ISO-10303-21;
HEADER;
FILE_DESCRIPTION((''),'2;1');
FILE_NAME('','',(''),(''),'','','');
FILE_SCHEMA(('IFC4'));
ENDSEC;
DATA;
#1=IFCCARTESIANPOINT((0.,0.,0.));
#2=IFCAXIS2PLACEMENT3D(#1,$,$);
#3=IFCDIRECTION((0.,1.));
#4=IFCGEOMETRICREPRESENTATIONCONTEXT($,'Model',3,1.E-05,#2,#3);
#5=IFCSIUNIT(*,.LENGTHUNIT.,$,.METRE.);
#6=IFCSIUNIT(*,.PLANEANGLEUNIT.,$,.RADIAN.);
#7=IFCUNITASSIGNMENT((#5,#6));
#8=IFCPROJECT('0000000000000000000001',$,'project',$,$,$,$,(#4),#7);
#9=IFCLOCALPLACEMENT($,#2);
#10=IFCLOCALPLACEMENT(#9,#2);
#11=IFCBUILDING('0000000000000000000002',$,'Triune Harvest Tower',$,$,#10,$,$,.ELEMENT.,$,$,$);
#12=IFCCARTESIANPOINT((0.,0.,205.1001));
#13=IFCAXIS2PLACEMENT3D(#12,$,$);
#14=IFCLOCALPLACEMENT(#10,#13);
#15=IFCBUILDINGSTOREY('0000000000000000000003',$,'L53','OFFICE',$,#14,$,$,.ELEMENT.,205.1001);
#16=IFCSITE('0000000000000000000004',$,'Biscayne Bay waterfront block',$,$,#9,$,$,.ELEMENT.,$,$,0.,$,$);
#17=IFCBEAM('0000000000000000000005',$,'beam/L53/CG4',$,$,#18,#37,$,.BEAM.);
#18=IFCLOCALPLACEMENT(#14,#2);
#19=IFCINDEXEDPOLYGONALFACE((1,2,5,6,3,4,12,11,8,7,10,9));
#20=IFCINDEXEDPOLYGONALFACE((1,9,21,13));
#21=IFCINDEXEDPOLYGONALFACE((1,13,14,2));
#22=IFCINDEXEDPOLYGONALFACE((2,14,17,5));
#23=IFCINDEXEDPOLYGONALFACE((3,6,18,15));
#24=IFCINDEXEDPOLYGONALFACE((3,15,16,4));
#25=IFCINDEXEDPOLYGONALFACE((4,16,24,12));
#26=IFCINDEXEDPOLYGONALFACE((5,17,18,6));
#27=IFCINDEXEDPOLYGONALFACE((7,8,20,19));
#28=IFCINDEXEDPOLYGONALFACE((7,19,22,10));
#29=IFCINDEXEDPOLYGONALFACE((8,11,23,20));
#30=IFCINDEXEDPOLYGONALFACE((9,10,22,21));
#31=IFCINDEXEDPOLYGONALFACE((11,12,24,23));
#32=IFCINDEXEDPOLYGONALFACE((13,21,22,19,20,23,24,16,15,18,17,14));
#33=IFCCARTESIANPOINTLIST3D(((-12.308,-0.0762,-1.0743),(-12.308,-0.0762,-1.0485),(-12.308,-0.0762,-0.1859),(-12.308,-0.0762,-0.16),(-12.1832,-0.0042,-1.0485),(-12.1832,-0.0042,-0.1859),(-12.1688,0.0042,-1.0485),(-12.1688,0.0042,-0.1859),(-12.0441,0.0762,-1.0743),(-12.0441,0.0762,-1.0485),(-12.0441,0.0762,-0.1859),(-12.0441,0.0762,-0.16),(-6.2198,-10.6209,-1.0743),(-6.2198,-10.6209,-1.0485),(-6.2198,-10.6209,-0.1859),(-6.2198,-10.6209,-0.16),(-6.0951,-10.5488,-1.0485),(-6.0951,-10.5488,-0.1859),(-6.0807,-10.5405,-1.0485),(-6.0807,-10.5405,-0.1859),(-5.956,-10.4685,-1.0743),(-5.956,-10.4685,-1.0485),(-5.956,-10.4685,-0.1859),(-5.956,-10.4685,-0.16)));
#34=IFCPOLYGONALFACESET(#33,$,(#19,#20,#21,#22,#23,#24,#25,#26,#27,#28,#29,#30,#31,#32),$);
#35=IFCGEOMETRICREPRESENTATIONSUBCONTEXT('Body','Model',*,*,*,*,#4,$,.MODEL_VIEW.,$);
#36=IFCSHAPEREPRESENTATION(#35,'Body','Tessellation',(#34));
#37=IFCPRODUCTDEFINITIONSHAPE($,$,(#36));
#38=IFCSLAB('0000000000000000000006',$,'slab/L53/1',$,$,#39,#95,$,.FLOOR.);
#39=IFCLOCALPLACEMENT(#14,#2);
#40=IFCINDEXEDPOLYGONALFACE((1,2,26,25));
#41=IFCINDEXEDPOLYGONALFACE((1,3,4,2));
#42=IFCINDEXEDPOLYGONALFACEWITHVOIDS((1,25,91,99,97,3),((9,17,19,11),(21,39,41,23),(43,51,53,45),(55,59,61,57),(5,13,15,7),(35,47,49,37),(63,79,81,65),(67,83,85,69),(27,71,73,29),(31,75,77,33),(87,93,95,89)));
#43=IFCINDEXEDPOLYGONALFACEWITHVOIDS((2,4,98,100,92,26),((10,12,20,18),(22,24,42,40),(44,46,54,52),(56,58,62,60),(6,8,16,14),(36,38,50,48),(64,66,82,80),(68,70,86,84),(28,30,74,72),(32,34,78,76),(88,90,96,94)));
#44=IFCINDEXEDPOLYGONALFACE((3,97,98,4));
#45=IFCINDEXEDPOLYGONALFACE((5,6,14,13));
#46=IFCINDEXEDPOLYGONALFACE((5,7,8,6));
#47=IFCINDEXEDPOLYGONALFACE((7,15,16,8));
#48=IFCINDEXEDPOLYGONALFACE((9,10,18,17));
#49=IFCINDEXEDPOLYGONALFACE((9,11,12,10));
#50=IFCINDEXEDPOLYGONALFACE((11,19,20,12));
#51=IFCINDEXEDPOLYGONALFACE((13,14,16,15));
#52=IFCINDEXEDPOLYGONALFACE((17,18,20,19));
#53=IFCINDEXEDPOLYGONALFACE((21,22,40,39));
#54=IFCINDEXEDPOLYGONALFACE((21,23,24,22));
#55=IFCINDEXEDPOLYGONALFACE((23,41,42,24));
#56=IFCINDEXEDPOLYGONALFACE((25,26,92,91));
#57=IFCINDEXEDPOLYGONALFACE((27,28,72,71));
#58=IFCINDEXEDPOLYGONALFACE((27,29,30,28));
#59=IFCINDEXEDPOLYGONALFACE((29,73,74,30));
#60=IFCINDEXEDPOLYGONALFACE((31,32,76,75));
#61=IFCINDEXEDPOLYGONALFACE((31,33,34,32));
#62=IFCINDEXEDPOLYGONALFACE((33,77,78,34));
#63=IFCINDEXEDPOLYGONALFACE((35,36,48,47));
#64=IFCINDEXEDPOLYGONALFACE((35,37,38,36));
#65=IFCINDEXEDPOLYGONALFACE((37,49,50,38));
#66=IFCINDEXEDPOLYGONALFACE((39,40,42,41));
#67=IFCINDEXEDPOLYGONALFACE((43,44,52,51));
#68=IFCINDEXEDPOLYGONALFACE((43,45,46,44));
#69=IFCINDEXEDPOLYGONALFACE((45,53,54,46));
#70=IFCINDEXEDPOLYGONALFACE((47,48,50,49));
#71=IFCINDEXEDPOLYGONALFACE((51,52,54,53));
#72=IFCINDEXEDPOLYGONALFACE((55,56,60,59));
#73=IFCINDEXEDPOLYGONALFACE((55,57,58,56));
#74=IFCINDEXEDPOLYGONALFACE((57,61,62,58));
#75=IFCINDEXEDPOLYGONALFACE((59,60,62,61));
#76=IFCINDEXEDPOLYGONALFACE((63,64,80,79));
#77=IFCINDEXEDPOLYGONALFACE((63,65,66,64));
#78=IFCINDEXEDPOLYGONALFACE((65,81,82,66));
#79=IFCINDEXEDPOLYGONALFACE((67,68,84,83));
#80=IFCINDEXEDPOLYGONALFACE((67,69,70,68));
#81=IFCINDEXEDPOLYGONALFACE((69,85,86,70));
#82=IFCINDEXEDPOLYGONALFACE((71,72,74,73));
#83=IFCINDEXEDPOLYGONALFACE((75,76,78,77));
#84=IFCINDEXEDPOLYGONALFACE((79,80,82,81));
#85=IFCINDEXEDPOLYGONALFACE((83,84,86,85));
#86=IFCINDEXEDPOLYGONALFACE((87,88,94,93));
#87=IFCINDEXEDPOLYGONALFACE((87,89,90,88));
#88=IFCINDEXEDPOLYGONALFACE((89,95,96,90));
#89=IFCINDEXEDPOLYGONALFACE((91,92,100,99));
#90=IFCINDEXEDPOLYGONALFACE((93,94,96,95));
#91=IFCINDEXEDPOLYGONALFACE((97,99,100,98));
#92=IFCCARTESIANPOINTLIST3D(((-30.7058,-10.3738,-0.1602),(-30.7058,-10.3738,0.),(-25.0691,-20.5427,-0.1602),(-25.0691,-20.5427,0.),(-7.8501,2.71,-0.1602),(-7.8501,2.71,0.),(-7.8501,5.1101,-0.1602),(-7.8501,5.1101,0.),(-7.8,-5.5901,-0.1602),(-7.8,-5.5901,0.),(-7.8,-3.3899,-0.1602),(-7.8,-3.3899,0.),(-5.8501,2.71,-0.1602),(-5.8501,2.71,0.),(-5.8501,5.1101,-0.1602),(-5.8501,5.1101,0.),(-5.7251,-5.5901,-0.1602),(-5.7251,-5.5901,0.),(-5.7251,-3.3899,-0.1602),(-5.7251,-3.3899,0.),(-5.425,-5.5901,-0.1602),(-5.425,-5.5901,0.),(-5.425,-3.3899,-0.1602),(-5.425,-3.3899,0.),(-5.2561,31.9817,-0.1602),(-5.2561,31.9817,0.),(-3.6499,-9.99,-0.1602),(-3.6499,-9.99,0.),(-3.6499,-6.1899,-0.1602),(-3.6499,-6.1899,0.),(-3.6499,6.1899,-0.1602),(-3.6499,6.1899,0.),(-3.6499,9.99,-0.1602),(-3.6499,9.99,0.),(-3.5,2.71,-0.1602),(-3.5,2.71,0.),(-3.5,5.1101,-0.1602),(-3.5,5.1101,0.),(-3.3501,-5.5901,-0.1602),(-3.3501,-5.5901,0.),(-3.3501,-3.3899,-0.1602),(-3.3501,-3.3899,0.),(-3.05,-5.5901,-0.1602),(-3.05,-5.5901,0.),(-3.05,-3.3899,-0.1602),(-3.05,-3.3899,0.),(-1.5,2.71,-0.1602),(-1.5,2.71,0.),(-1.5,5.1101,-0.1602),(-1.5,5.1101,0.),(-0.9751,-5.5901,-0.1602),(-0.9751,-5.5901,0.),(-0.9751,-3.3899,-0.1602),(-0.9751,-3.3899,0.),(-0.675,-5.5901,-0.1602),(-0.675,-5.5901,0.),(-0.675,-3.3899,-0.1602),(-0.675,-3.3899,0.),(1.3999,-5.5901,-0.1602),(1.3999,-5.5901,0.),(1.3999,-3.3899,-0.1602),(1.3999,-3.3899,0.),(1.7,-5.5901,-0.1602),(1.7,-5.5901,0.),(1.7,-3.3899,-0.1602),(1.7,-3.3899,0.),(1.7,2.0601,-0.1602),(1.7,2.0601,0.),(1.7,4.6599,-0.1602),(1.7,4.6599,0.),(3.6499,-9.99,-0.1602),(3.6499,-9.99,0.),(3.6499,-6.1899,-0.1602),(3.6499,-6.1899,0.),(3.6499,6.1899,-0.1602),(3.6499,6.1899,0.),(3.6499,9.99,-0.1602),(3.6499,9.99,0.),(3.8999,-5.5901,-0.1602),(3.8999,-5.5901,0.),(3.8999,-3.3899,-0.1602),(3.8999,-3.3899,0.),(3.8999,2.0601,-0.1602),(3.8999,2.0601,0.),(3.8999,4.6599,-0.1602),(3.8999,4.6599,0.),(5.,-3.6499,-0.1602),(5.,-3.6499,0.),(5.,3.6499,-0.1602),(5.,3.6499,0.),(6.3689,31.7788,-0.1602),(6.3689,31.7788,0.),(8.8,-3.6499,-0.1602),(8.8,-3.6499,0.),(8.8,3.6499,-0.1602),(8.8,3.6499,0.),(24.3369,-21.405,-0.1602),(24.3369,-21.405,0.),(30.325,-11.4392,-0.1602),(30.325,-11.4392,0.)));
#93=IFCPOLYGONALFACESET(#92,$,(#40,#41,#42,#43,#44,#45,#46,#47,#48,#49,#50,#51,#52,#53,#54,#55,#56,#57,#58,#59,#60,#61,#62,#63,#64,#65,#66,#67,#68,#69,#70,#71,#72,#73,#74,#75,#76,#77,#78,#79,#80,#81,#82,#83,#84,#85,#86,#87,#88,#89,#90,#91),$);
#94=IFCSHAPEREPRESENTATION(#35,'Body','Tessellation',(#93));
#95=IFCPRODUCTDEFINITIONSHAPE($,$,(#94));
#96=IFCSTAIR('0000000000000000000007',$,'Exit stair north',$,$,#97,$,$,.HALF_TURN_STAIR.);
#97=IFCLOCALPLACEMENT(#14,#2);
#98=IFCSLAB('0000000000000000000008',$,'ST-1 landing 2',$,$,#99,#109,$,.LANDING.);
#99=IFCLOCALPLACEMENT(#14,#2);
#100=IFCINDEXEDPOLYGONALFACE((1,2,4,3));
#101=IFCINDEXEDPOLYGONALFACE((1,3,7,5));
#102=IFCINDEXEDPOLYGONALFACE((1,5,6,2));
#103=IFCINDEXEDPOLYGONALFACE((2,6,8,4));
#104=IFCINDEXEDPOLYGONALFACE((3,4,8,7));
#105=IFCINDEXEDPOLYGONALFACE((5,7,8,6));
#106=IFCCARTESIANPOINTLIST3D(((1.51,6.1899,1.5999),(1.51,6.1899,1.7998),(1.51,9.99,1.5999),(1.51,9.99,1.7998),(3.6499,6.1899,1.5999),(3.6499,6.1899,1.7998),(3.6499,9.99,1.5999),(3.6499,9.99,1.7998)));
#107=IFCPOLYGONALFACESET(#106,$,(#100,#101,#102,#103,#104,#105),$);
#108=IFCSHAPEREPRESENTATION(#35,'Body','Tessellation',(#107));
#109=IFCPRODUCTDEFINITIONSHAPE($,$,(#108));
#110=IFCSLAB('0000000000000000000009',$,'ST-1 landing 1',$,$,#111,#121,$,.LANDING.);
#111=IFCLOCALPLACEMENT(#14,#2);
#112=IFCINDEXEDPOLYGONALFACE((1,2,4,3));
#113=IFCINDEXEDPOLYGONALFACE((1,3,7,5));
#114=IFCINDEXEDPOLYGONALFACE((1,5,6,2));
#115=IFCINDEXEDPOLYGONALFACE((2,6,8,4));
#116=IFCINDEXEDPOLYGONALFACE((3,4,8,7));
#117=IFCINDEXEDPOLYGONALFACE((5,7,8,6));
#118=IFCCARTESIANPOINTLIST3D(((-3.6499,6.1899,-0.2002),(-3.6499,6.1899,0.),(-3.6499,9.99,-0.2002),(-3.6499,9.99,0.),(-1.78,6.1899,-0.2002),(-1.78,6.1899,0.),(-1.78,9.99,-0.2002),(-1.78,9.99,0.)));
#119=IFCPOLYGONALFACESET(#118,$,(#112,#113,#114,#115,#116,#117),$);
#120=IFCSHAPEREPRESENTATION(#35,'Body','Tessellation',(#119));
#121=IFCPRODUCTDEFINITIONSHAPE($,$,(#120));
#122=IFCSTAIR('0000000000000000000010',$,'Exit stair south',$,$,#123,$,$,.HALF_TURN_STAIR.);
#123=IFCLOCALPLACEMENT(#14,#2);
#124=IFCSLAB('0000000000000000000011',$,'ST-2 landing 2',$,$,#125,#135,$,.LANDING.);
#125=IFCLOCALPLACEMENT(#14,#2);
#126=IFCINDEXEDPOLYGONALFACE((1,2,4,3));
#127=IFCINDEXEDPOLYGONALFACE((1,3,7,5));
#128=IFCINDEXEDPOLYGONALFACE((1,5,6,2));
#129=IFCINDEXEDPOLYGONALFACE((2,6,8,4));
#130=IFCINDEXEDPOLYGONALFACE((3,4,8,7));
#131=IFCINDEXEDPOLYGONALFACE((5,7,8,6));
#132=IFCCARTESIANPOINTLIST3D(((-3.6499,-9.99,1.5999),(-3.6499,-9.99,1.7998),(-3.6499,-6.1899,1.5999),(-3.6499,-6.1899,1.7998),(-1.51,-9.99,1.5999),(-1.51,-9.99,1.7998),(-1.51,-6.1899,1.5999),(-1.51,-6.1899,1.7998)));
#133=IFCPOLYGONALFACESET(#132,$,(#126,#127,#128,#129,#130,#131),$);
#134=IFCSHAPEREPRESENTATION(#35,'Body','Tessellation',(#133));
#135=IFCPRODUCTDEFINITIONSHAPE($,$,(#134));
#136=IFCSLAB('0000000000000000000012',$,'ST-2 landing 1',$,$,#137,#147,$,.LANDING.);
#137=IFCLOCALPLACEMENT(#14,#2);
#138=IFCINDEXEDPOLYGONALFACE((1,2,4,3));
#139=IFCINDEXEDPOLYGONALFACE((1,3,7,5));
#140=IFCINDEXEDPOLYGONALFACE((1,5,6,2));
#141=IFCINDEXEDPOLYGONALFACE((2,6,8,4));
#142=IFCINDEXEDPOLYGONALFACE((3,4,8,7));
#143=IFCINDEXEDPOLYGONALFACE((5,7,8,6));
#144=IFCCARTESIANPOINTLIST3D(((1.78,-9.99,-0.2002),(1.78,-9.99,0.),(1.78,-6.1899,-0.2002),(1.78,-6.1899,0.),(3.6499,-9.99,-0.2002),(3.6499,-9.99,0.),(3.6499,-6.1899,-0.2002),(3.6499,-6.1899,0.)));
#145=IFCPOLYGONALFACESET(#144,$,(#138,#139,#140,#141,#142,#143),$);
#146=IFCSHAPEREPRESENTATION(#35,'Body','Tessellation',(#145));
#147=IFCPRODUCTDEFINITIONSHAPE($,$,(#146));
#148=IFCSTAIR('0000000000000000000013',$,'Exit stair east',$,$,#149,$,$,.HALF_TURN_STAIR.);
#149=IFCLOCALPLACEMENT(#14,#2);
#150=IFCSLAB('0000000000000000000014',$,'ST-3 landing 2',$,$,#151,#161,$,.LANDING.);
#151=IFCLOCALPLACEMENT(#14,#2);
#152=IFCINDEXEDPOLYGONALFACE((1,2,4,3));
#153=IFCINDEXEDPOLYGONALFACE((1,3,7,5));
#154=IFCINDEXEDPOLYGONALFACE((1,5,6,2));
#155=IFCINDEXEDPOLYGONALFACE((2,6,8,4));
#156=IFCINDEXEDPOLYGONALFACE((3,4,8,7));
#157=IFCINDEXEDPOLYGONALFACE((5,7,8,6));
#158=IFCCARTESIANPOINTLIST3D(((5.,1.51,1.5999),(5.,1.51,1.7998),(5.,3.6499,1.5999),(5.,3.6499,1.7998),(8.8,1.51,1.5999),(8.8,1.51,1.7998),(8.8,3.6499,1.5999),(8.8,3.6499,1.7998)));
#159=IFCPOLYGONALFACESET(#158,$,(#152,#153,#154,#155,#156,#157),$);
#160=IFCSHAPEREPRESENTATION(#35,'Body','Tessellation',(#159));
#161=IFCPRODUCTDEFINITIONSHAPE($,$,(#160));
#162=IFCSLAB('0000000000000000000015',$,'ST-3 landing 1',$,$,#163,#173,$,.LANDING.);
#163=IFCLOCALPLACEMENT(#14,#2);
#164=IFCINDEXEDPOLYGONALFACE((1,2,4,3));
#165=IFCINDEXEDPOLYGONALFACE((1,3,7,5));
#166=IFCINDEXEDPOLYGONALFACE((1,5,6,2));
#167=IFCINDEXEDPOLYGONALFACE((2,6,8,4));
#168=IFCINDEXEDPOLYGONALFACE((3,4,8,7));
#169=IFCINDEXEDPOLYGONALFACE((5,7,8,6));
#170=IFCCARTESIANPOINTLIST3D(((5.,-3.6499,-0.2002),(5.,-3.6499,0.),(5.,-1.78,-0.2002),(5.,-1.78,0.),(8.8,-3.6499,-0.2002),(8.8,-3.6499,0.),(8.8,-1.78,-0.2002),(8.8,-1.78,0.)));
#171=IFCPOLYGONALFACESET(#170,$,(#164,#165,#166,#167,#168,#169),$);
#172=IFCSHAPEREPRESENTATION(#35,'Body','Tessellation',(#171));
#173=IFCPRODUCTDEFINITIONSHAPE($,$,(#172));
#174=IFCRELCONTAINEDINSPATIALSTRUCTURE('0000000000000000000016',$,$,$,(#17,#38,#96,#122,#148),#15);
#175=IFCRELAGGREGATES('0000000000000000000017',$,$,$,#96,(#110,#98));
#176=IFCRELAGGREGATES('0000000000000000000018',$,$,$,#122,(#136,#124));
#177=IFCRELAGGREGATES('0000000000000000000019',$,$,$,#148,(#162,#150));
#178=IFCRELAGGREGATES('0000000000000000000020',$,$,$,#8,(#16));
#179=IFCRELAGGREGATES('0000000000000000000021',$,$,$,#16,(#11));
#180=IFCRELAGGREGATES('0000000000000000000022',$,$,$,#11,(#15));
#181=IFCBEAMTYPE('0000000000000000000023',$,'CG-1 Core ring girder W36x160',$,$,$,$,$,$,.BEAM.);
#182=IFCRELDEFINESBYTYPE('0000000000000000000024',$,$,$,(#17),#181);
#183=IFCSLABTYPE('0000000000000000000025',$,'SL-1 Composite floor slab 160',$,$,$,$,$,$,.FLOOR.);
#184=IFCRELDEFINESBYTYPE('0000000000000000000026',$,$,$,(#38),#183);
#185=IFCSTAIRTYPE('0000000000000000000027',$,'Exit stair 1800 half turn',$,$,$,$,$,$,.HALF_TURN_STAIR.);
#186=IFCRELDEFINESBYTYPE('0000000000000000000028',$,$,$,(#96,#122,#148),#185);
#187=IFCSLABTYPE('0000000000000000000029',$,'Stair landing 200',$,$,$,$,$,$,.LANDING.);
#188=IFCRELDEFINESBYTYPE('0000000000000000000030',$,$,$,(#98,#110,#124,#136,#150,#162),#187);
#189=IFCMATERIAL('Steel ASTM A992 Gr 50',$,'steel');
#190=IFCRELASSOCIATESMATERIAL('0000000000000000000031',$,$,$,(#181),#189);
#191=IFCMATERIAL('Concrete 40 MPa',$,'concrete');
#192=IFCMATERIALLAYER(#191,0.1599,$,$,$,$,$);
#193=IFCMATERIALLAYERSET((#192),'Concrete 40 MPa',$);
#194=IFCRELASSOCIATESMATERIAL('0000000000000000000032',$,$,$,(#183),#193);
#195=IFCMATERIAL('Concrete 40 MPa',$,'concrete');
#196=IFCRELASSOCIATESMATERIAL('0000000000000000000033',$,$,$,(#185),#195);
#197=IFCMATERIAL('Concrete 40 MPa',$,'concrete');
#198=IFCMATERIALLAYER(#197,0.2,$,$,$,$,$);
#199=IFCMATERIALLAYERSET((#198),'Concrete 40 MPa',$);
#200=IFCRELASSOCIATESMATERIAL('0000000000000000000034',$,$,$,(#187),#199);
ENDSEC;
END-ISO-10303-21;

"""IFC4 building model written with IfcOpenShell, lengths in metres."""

from ifc_helpers import new_model, si_unit, direction, frame, origin, origin_2d, place, context, subcontext, project, spatial, polyline, i_section, outline, extrude, source, transform, mapped, material, layer, layer_set, material_profile, profile_set, type_object, element, aggregate, save


model = new_model("IFC4")

# Units and contexts
model_context = context("Model", 3, precision=1e-05, world=origin(), true_north=direction((0.0, 1.0)))
body_context = subcontext(model_context, "Body", "Model", "MODEL_VIEW")
ifc_project = project(units=[si_unit("LENGTHUNIT", "METRE"), si_unit("PLANEANGLEUNIT", "RADIAN")], contexts=[model_context])

# Site, building, storey
site_placement = place(None, origin())
site = spatial("IfcSite", under=ifc_project, at=site_placement, Name="Biscayne Bay waterfront block", CompositionType="ELEMENT", RefElevation=0.0)
building_placement = place(site_placement, origin())
building = spatial("IfcBuilding", under=site, at=building_placement, Name="Triune Harvest Tower", CompositionType="ELEMENT")
storey_placement = place(building_placement, frame((0.0, 0.0, 205.1001)))
storey = spatial("IfcBuildingStorey", under=building, at=storey_placement, Name="L53", Description="OFFICE", CompositionType="ELEMENT", Elevation=205.1001)

# Beam
ifc_material_1 = material(Name="Steel ASTM A992 Gr 50", Category="steel")
ifc_material_profile = material_profile(ifc_material_1, i_section(OverallWidth=0.3047, OverallDepth=0.9143, WebThickness=0.0166, FlangeThickness=0.0259, at=origin_2d()), Name="W36x160")
ifc_profile_set = profile_set([ifc_material_profile], Name="Steel ASTM A992 Gr 50")
beam_type = type_object("IfcBeamType", Name="CG-1 Core ring girder W36x160", PredefinedType="BEAM", material=ifc_profile_set)
shared_shape_1 = source(origin(), body_context, "Body", "SweptSolid", [
    extrude(i_section(OverallWidth=0.3047, OverallDepth=0.9143, WebThickness=0.0166, FlangeThickness=0.0259, at=origin_2d()), origin(), (0.0, 0.0, 1.0), 12.176),
])
beam_placement = place(storey_placement, frame((-12.176, 0.0, -0.6172), z_axis=(0.50001, -0.86602, 0.0), x_axis=(0.86602, 0.50001, 0.0)))
element("IfcBeam", 1, at=beam_placement, inside=storey, type_object=beam_type, Name="beam/L53/CG4", PredefinedType="BEAM", context=body_context, shape_type="MappedRepresentation", body=[
    mapped(shared_shape_1, transform((0.0, 0.0, 0.0), scale=1.0)),
])

# Slab
ifc_material_2 = material(Name="Concrete 40 MPa", Category="concrete")
ifc_layer_1 = layer(ifc_material_2, 0.1599)
ifc_layer_set_1 = layer_set([ifc_layer_1], Name="Concrete 40 MPa")
slab_type_1 = type_object("IfcSlabType", Name="SL-1 Composite floor slab 160", PredefinedType="FLOOR", material=ifc_layer_set_1)
shared_shape_2 = source(origin(), body_context, "Body", "SweptSolid", [
    extrude(outline(polyline([(30.325, -11.4392), (6.3689, 31.7788), (-5.2561, 31.9817), (-30.7058, -10.3738), (-25.0691, -20.5427), (24.3369, -21.405), (30.325, -11.4392)]), holes=[polyline([(-5.7251, -5.5901), (-5.7251, -3.3899), (-7.8, -3.3899), (-7.8, -5.5901), (-5.7251, -5.5901)]), polyline([(-3.3501, -5.5901), (-3.3501, -3.3899), (-5.425, -3.3899), (-5.425, -5.5901), (-3.3501, -5.5901)]), polyline([(-0.9751, -5.5901), (-0.9751, -3.3899), (-3.05, -3.3899), (-3.05, -5.5901), (-0.9751, -5.5901)]), polyline([(1.3999, -5.5901), (1.3999, -3.3899), (-0.675, -3.3899), (-0.675, -5.5901), (1.3999, -5.5901)]), polyline([(3.8999, 2.0601), (3.8999, 4.6599), (1.7, 4.6599), (1.7, 2.0601), (3.8999, 2.0601)]), polyline([(3.8999, -5.5901), (3.8999, -3.3899), (1.7, -3.3899), (1.7, -5.5901), (3.8999, -5.5901)]), polyline([(-5.8501, 2.71), (-5.8501, 5.1101), (-7.8501, 5.1101), (-7.8501, 2.71), (-5.8501, 2.71)]), polyline([(-1.5, 2.71), (-1.5, 5.1101), (-3.5, 5.1101), (-3.5, 2.71), (-1.5, 2.71)]), polyline([(3.6499, 6.1899), (3.6499, 9.99), (-3.6499, 9.99), (-3.6499, 6.1899), (3.6499, 6.1899)]), polyline([(3.6499, -9.99), (3.6499, -6.1899), (-3.6499, -6.1899), (-3.6499, -9.99), (3.6499, -9.99)]), polyline([(8.8, -3.6499), (8.8, 3.6499), (5.0, 3.6499), (5.0, -3.6499), (8.8, -3.6499)])]), origin(), (0.0, 0.0, 1.0), 0.1602),
])
slab_1_placement = place(storey_placement, frame((0.0, 0.0, -0.1602)))
element("IfcSlab", 2, at=slab_1_placement, inside=storey, type_object=slab_type_1, Name="slab/L53/1", PredefinedType="FLOOR", context=body_context, shape_type="MappedRepresentation", body=[
    mapped(shared_shape_2, transform((0.0, 0.0, 0.0), scale=1.0)),
])

# Stairs, slabs
ifc_material_3 = material(Name="Concrete 40 MPa", Category="concrete")
stair_type = type_object("IfcStairType", Name="Exit stair 1800 half turn", PredefinedType="HALF_TURN_STAIR", material=ifc_material_3)
stair_1_placement = place(storey_placement, origin())
stair_1 = element("IfcStair", 3, at=stair_1_placement, inside=storey, type_object=stair_type, Name="Exit stair north", PredefinedType="HALF_TURN_STAIR")
ifc_material_4 = material(Name="Concrete 40 MPa", Category="concrete")
ifc_layer_2 = layer(ifc_material_4, 0.2)
ifc_layer_set_2 = layer_set([ifc_layer_2], Name="Concrete 40 MPa")
slab_type_2 = type_object("IfcSlabType", Name="Stair landing 200", PredefinedType="LANDING", material=ifc_layer_set_2)
shared_shape_3 = source(origin(), body_context, "Body", "SweptSolid", [
    extrude(outline(polyline([(1.51, 6.1899), (3.6499, 6.1899), (3.6499, 9.99), (1.51, 9.99), (1.51, 6.1899)])), origin(), (0.0, 0.0, 1.0), 0.2),
])
slab_2_placement = place(storey_placement, frame((0.0, 0.0, 1.5999)))
slab_2 = element("IfcSlab", 4, at=slab_2_placement, type_object=slab_type_2, Name="ST-1 landing 2", PredefinedType="LANDING", context=body_context, shape_type="MappedRepresentation", body=[
    mapped(shared_shape_3, transform((0.0, 0.0, 0.0), scale=1.0)),
])
shared_shape_4 = source(origin(), body_context, "Body", "SweptSolid", [
    extrude(outline(polyline([(-3.6499, 6.1899), (-1.78, 6.1899), (-1.78, 9.99), (-3.6499, 9.99), (-3.6499, 6.1899)])), origin(), (0.0, 0.0, 1.0), 0.2002),
])
slab_3_placement = place(storey_placement, frame((0.0, 0.0, -0.2002)))
slab_3 = element("IfcSlab", 5, at=slab_3_placement, type_object=slab_type_2, Name="ST-1 landing 1", PredefinedType="LANDING", context=body_context, shape_type="MappedRepresentation", body=[
    mapped(shared_shape_4, transform((0.0, 0.0, 0.0), scale=1.0)),
])
aggregate(stair_1, [slab_3, slab_2])
stair_2_placement = place(storey_placement, origin())
stair_2 = element("IfcStair", 6, at=stair_2_placement, inside=storey, type_object=stair_type, Name="Exit stair south", PredefinedType="HALF_TURN_STAIR")
shared_shape_5 = source(origin(), body_context, "Body", "SweptSolid", [
    extrude(outline(polyline([(-1.51, -6.1899), (-3.6499, -6.1899), (-3.6499, -9.99), (-1.51, -9.99), (-1.51, -6.1899)])), origin(), (0.0, 0.0, 1.0), 0.2),
])
slab_4_placement = place(storey_placement, frame((0.0, 0.0, 1.5999)))
slab_4 = element("IfcSlab", 7, at=slab_4_placement, type_object=slab_type_2, Name="ST-2 landing 2", PredefinedType="LANDING", context=body_context, shape_type="MappedRepresentation", body=[
    mapped(shared_shape_5, transform((0.0, 0.0, 0.0), scale=1.0)),
])
shared_shape_6 = source(origin(), body_context, "Body", "SweptSolid", [
    extrude(outline(polyline([(3.6499, -6.1899), (1.78, -6.1899), (1.78, -9.99), (3.6499, -9.99), (3.6499, -6.1899)])), origin(), (0.0, 0.0, 1.0), 0.2002),
])
slab_5_placement = place(storey_placement, frame((0.0, 0.0, -0.2002)))
slab_5 = element("IfcSlab", 8, at=slab_5_placement, type_object=slab_type_2, Name="ST-2 landing 1", PredefinedType="LANDING", context=body_context, shape_type="MappedRepresentation", body=[
    mapped(shared_shape_6, transform((0.0, 0.0, 0.0), scale=1.0)),
])
aggregate(stair_2, [slab_5, slab_4])
stair_3_placement = place(storey_placement, origin())
stair_3 = element("IfcStair", 9, at=stair_3_placement, inside=storey, type_object=stair_type, Name="Exit stair east", PredefinedType="HALF_TURN_STAIR")
shared_shape_7 = source(origin(), body_context, "Body", "SweptSolid", [
    extrude(outline(polyline([(8.8, 1.51), (8.8, 3.6499), (5.0, 3.6499), (5.0, 1.51), (8.8, 1.51)])), origin(), (0.0, 0.0, 1.0), 0.2),
])
slab_6_placement = place(storey_placement, frame((0.0, 0.0, 1.5999)))
slab_6 = element("IfcSlab", 10, at=slab_6_placement, type_object=slab_type_2, Name="ST-3 landing 2", PredefinedType="LANDING", context=body_context, shape_type="MappedRepresentation", body=[
    mapped(shared_shape_7, transform((0.0, 0.0, 0.0), scale=1.0)),
])
shared_shape_8 = source(origin(), body_context, "Body", "SweptSolid", [
    extrude(outline(polyline([(8.8, -3.6499), (8.8, -1.78), (5.0, -1.78), (5.0, -3.6499), (8.8, -3.6499)])), origin(), (0.0, 0.0, 1.0), 0.2002),
])
slab_7_placement = place(storey_placement, frame((0.0, 0.0, -0.2002)))
slab_7 = element("IfcSlab", 11, at=slab_7_placement, type_object=slab_type_2, Name="ST-3 landing 1", PredefinedType="LANDING", context=body_context, shape_type="MappedRepresentation", body=[
    mapped(shared_shape_8, transform((0.0, 0.0, 0.0), scale=1.0)),
])
aggregate(stair_3, [slab_7, slab_6])

save(model, "model.ifc")
